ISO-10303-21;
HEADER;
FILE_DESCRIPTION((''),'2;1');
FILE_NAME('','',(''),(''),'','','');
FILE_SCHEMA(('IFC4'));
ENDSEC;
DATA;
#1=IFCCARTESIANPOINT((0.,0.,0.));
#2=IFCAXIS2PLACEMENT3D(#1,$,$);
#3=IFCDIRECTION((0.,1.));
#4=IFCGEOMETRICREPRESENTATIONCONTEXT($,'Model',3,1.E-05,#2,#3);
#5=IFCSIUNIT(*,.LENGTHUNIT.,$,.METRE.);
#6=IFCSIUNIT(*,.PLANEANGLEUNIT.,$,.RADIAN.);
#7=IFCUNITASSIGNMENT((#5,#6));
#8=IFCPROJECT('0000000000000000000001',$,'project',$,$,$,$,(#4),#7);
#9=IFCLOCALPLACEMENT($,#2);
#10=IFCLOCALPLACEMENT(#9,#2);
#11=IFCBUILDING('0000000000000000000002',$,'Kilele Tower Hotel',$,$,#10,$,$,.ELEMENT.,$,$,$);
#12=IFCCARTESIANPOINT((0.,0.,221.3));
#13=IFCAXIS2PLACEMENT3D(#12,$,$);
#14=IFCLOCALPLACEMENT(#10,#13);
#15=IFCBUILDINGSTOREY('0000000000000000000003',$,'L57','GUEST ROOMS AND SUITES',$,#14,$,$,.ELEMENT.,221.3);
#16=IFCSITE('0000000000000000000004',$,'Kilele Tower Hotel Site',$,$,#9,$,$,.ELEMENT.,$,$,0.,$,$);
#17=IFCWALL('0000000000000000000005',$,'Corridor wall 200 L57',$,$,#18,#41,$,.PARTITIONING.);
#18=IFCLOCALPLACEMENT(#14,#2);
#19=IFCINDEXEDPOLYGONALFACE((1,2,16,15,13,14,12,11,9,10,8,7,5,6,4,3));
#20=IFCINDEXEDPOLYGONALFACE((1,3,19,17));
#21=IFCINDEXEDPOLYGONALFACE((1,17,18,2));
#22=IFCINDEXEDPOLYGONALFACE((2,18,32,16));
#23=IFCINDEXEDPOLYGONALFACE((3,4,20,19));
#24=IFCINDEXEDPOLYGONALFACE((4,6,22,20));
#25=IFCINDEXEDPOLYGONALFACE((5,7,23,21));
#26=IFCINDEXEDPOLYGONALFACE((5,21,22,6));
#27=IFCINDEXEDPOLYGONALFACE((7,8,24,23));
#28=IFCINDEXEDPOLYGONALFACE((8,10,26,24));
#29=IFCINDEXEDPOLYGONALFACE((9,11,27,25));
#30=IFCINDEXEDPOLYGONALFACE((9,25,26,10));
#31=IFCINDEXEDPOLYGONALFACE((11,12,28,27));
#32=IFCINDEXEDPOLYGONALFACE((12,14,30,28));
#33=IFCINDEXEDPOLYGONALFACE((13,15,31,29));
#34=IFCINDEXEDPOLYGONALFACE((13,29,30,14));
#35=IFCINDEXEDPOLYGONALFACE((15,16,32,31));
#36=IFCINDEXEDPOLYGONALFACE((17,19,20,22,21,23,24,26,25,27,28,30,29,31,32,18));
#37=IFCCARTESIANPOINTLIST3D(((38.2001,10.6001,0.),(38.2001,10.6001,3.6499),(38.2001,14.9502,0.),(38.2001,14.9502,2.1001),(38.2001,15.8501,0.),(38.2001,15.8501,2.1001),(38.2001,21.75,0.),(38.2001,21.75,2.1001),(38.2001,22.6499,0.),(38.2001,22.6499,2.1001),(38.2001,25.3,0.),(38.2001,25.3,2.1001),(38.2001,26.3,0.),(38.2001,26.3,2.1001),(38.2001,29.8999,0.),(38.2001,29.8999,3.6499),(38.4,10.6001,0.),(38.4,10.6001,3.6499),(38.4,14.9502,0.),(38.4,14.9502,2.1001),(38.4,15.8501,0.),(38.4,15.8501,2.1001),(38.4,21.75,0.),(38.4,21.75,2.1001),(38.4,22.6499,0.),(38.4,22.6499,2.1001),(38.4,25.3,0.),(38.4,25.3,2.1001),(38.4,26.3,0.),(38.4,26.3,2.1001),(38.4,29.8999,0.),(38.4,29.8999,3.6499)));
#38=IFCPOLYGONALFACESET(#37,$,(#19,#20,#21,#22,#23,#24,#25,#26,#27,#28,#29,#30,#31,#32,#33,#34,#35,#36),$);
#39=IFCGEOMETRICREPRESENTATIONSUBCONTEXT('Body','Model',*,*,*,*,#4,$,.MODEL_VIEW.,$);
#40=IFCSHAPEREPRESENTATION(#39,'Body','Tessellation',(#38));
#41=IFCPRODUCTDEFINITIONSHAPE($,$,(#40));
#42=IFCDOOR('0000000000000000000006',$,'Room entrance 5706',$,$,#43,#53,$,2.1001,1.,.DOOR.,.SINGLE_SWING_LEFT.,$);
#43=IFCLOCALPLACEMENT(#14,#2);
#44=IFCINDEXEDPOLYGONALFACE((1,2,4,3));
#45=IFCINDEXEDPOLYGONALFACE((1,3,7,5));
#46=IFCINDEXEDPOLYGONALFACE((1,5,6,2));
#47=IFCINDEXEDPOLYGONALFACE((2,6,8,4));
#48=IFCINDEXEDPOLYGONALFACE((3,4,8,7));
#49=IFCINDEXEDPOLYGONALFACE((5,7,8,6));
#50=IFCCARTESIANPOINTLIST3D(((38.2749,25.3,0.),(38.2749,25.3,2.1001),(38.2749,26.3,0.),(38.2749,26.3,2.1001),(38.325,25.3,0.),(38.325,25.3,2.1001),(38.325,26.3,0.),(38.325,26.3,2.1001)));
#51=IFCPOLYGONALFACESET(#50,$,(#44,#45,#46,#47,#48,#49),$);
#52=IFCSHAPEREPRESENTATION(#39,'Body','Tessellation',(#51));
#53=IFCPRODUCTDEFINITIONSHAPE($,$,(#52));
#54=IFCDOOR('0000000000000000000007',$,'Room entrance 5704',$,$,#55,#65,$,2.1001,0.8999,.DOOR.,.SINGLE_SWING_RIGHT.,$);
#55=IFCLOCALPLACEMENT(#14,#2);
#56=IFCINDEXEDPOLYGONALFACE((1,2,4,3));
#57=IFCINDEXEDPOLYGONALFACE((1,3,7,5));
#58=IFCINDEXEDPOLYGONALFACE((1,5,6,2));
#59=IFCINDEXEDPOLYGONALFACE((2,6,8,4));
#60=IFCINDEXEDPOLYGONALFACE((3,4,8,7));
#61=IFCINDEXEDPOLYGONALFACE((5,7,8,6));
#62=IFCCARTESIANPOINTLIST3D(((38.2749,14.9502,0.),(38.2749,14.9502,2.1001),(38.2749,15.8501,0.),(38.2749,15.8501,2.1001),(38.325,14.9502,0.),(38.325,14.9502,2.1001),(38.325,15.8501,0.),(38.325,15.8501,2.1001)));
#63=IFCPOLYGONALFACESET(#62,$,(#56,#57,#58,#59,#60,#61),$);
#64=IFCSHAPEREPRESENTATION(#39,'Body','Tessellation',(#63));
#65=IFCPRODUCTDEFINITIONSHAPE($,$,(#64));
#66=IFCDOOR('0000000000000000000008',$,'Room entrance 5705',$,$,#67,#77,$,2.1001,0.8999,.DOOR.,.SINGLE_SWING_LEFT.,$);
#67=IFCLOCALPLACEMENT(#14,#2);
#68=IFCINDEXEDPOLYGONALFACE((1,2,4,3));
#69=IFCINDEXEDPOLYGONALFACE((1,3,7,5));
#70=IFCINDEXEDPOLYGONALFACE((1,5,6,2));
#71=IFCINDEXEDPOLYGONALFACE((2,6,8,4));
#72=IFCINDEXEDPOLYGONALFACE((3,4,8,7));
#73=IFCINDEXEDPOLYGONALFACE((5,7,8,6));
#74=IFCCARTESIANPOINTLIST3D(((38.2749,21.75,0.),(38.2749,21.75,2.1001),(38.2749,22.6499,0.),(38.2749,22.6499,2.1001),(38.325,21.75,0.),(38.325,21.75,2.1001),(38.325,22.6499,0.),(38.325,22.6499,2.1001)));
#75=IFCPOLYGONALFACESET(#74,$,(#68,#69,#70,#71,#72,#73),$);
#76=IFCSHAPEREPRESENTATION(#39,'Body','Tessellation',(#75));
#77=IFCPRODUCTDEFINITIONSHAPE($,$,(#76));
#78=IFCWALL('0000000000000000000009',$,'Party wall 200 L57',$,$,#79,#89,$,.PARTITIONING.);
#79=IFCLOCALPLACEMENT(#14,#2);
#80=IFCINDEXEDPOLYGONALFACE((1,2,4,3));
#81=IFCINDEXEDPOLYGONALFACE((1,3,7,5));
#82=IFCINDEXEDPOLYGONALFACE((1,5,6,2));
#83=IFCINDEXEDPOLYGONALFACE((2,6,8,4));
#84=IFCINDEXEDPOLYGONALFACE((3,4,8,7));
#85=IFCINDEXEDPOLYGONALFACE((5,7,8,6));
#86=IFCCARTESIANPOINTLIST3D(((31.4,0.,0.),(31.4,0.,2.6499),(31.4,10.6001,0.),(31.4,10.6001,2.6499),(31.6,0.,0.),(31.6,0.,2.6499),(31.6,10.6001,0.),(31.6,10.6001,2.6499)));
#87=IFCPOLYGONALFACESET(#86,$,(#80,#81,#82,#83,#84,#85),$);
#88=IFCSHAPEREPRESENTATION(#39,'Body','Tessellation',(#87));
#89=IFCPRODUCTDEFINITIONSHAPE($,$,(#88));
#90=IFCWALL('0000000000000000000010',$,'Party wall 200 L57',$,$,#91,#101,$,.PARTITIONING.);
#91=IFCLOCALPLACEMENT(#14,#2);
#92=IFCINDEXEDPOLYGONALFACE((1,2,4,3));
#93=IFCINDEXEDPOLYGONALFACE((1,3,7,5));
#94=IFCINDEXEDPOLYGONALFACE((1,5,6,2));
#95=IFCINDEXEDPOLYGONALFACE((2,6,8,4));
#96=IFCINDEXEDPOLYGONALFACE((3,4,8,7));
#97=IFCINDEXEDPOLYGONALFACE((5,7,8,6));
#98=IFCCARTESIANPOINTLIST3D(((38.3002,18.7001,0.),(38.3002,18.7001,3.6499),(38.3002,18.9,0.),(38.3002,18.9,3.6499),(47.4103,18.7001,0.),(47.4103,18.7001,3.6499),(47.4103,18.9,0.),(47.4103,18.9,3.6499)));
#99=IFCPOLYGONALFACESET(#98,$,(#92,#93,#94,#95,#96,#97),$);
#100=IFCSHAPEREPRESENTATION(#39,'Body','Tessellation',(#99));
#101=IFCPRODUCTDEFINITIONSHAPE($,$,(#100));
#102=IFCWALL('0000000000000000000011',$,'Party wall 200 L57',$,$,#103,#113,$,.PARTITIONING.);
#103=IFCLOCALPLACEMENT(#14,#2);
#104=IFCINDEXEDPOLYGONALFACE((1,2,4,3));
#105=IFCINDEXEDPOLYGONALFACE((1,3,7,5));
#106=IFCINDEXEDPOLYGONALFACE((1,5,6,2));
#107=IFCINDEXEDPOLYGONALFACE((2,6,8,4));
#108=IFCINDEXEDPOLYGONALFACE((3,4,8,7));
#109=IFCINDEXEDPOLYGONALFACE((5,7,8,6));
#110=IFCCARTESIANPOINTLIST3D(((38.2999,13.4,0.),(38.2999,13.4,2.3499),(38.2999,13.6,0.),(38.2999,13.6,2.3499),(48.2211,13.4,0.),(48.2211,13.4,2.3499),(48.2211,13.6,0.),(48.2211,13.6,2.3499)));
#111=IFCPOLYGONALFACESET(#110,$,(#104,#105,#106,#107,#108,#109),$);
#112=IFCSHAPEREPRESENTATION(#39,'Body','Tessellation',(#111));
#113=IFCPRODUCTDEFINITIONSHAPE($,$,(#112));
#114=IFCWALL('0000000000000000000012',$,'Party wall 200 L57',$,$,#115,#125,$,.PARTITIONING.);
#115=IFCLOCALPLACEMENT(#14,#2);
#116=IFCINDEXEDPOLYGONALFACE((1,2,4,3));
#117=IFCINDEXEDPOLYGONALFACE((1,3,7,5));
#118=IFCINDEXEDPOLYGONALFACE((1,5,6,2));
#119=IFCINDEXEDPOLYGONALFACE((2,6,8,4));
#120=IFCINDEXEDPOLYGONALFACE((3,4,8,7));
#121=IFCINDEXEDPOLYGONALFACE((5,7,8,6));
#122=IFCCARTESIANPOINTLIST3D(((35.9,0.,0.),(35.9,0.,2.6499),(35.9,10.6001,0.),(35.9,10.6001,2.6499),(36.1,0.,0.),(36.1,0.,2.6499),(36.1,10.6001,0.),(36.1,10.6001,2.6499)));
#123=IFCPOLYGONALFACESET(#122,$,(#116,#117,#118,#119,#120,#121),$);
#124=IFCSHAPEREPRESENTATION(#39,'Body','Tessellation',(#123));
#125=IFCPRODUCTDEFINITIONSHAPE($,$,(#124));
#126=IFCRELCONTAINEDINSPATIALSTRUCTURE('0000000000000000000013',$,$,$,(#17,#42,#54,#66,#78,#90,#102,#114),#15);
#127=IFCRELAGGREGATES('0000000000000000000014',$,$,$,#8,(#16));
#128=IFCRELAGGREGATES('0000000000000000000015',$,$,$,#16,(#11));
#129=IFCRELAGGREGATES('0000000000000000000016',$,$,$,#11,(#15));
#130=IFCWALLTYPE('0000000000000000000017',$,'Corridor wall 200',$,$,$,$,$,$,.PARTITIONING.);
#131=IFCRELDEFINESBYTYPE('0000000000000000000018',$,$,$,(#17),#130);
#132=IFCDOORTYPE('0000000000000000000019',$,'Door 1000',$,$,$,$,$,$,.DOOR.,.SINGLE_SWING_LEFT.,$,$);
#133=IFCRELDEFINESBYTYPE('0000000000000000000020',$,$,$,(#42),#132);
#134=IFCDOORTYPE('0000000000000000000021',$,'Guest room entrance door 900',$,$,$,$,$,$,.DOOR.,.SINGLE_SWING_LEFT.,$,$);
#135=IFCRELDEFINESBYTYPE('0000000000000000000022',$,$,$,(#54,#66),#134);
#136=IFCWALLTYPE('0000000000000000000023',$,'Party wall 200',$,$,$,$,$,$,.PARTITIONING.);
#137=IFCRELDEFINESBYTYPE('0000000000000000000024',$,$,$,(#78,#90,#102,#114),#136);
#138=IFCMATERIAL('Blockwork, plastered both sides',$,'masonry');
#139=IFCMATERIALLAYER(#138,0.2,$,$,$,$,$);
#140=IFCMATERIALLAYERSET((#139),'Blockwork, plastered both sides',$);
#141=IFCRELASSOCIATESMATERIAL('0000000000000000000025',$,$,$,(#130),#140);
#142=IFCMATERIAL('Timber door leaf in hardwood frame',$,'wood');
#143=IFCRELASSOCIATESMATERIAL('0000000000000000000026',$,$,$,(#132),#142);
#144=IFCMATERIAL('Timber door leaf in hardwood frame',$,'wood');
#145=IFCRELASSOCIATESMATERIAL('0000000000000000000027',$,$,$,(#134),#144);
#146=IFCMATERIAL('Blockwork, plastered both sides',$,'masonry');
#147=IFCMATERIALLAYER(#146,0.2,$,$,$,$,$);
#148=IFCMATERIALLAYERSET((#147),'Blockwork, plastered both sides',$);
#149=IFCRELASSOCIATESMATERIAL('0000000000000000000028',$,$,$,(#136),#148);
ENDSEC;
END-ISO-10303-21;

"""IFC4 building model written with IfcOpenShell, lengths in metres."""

from ifc_helpers import new_model, si_unit, direction, frame, frame_2d, origin, place, context, subcontext, project, spatial, rectangle, extrude, material, layer, layer_set, type_object, element, fill, save


model = new_model("IFC4")

# Units and contexts
model_context = context("Model", 3, precision=1e-05, world=origin(), true_north=direction((0.0, 1.0)))
body_context = subcontext(model_context, "Body", "Model", "MODEL_VIEW")
ifc_project = project(units=[si_unit("LENGTHUNIT", "METRE"), si_unit("PLANEANGLEUNIT", "RADIAN")], contexts=[model_context])

# Site, building, storey
site_placement = place(None, origin())
site = spatial("IfcSite", under=ifc_project, at=site_placement, Name="Kilele Tower Hotel Site", CompositionType="ELEMENT", RefElevation=0.0)
building_placement = place(site_placement, origin())
building = spatial("IfcBuilding", under=site, at=building_placement, Name="Kilele Tower Hotel", CompositionType="ELEMENT")
storey_placement = place(building_placement, frame((0.0, 0.0, 221.3)))
storey = spatial("IfcBuildingStorey", under=building, at=storey_placement, Name="L57", Description="GUEST ROOMS AND SUITES", CompositionType="ELEMENT", Elevation=221.3)

# Wall, openings, doors
ifc_material_1 = material(Name="Blockwork, plastered both sides", Category="masonry")
ifc_layer_1 = layer(ifc_material_1, 0.2)
ifc_layer_set_1 = layer_set([ifc_layer_1], Name="Blockwork, plastered both sides")
wall_type_1 = type_object("IfcWallType", Name="Corridor wall 200", PredefinedType="PARTITIONING", material=ifc_layer_set_1)
wall_1_placement = place(storey_placement, frame((38.3, 10.6001, 0.0), z_axis=(0.0, 0.0, 1.0), x_axis=(0.0, 1.0, 0.0)))
wall_1 = element("IfcWall", 1, at=wall_1_placement, inside=storey, type_object=wall_type_1, Name="Corridor wall 200 L57", PredefinedType="PARTITIONING", context=body_context, shape_type="SweptSolid", body=[
    extrude(rectangle(XDim=19.2998, YDim=0.2, at=frame_2d((9.6499, 0.0))), origin(), (0.0, 0.0, 1.0), 3.6499),
])
opening_1_placement = place(wall_1_placement, frame((5.25, 0.0, 0.0), z_axis=(0.0, 0.0, 1.0), x_axis=(-1.0, 0.0, 0.0)))
opening_1 = element("IfcOpeningElement", 2, at=opening_1_placement, cuts=wall_1, PredefinedType="OPENING", context=body_context, shape_type="SweptSolid", body=[
    extrude(rectangle(XDim=0.8999, YDim=2.1001, at=frame_2d((0.45, 1.05))), frame((0.0, 0.1099, 0.0), z_axis=(0.0, -1.0, 0.0), x_axis=(1.0, 0.0, 0.0)), (0.0, 0.0, 1.0), 0.22),
])
opening_2_placement = place(wall_1_placement, frame((12.0498, 0.0, 0.0), z_axis=(0.0, 0.0, 1.0), x_axis=(-1.0, 0.0, 0.0)))
opening_2 = element("IfcOpeningElement", 3, at=opening_2_placement, cuts=wall_1, PredefinedType="OPENING", context=body_context, shape_type="SweptSolid", body=[
    extrude(rectangle(XDim=0.8999, YDim=2.1001, at=frame_2d((0.45, 1.05))), frame((0.0, 0.1099, 0.0), z_axis=(0.0, -1.0, 0.0), x_axis=(1.0, 0.0, 0.0)), (0.0, 0.0, 1.0), 0.22),
])
opening_3_placement = place(wall_1_placement, frame((15.7, 0.0, 0.0), z_axis=(0.0, 0.0, 1.0), x_axis=(-1.0, 0.0, 0.0)))
opening_3 = element("IfcOpeningElement", 4, at=opening_3_placement, cuts=wall_1, PredefinedType="OPENING", context=body_context, shape_type="SweptSolid", body=[
    extrude(rectangle(XDim=1.0, YDim=2.1001, at=frame_2d((0.5, 1.05))), frame((0.0, 0.1099, 0.0), z_axis=(0.0, -1.0, 0.0), x_axis=(1.0, 0.0, 0.0)), (0.0, 0.0, 1.0), 0.22),
])
ifc_material_2 = material(Name="Timber door leaf in hardwood frame", Category="wood")
door_type_1 = type_object("IfcDoorType", Name="Door 1000", OperationType="SINGLE_SWING_LEFT", PredefinedType="DOOR", material=ifc_material_2)
door_1_placement = place(opening_3_placement, origin())
door_1 = element("IfcDoor", 5, at=door_1_placement, inside=storey, type_object=door_type_1, Name="Room entrance 5706", OperationType="SINGLE_SWING_LEFT", OverallHeight=2.1001, OverallWidth=1.0, PredefinedType="DOOR", context=body_context, shape_type="SweptSolid", body=[
    extrude(rectangle(XDim=1.0, YDim=2.1001, at=frame_2d((0.5, 1.05))), frame((0.0, 0.0249, 0.0), z_axis=(0.0, -1.0, 0.0), x_axis=(1.0, 0.0, 0.0)), (0.0, 0.0, 1.0), 0.05),
])
fill(opening_3, door_1)
ifc_material_3 = material(Name="Timber door leaf in hardwood frame", Category="wood")
door_type_2 = type_object("IfcDoorType", Name="Guest room entrance door 900", OperationType="SINGLE_SWING_LEFT", PredefinedType="DOOR", material=ifc_material_3)
door_2_placement = place(opening_1_placement, origin())
door_2 = element("IfcDoor", 6, at=door_2_placement, inside=storey, type_object=door_type_2, Name="Room entrance 5704", OperationType="SINGLE_SWING_RIGHT", OverallHeight=2.1001, OverallWidth=0.8999, PredefinedType="DOOR", context=body_context, shape_type="SweptSolid", body=[
    extrude(rectangle(XDim=0.8999, YDim=2.1001, at=frame_2d((0.45, 1.05))), frame((0.0, 0.0249, 0.0), z_axis=(0.0, -1.0, 0.0), x_axis=(1.0, 0.0, 0.0)), (0.0, 0.0, 1.0), 0.05),
])
fill(opening_1, door_2)
door_3_placement = place(opening_2_placement, origin())
door_3 = element("IfcDoor", 7, at=door_3_placement, inside=storey, type_object=door_type_2, Name="Room entrance 5705", OperationType="SINGLE_SWING_LEFT", OverallHeight=2.1001, OverallWidth=0.8999, PredefinedType="DOOR", context=body_context, shape_type="SweptSolid", body=[
    extrude(rectangle(XDim=0.8999, YDim=2.1001, at=frame_2d((0.45, 1.05))), frame((0.0, 0.0249, 0.0), z_axis=(0.0, -1.0, 0.0), x_axis=(1.0, 0.0, 0.0)), (0.0, 0.0, 1.0), 0.05),
])
fill(opening_2, door_3)

# Walls
ifc_material_4 = material(Name="Blockwork, plastered both sides", Category="masonry")
ifc_layer_2 = layer(ifc_material_4, 0.2)
ifc_layer_set_2 = layer_set([ifc_layer_2], Name="Blockwork, plastered both sides")
wall_type_2 = type_object("IfcWallType", Name="Party wall 200", PredefinedType="PARTITIONING", material=ifc_layer_set_2)
wall_2_placement = place(storey_placement, frame((31.5, 10.6001, 0.0), z_axis=(0.0, 0.0, 1.0), x_axis=(0.0, -1.0, 0.0)))
element("IfcWall", 8, at=wall_2_placement, inside=storey, type_object=wall_type_2, Name="Party wall 200 L57", PredefinedType="PARTITIONING", context=body_context, shape_type="SweptSolid", body=[
    extrude(rectangle(XDim=10.6001, YDim=0.2, at=frame_2d((5.3, 0.0))), origin(), (0.0, 0.0, 1.0), 2.6499),
])
wall_3_placement = place(storey_placement, frame((38.3, 18.8, 0.0), z_axis=(0.0, 0.0, 1.0), x_axis=(1.0, 0.0, 0.0)))
element("IfcWall", 9, at=wall_3_placement, inside=storey, type_object=wall_type_2, Name="Party wall 200 L57", PredefinedType="PARTITIONING", context=body_context, shape_type="SweptSolid", body=[
    extrude(rectangle(XDim=9.1101, YDim=0.2, at=frame_2d((4.5552, 0.0))), origin(), (0.0, 0.0, 1.0), 3.6499),
])
wall_4_placement = place(storey_placement, frame((38.3, 13.5, 0.0), z_axis=(0.0, 0.0, 1.0), x_axis=(1.0, 0.0, 0.0)))
element("IfcWall", 10, at=wall_4_placement, inside=storey, type_object=wall_type_2, Name="Party wall 200 L57", PredefinedType="PARTITIONING", context=body_context, shape_type="SweptSolid", body=[
    extrude(rectangle(XDim=9.9211, YDim=0.2, at=frame_2d((4.9604, 0.0))), origin(), (0.0, 0.0, 1.0), 2.3499),
])
wall_5_placement = place(storey_placement, frame((36.0, 10.6001, 0.0), z_axis=(0.0, 0.0, 1.0), x_axis=(0.0, -1.0, 0.0)))
element("IfcWall", 11, at=wall_5_placement, inside=storey, type_object=wall_type_2, Name="Party wall 200 L57", PredefinedType="PARTITIONING", context=body_context, shape_type="SweptSolid", body=[
    extrude(rectangle(XDim=10.6001, YDim=0.2, at=frame_2d((5.3, 0.0))), origin(), (0.0, 0.0, 1.0), 2.6499),
])

save(model, "model.ifc")
